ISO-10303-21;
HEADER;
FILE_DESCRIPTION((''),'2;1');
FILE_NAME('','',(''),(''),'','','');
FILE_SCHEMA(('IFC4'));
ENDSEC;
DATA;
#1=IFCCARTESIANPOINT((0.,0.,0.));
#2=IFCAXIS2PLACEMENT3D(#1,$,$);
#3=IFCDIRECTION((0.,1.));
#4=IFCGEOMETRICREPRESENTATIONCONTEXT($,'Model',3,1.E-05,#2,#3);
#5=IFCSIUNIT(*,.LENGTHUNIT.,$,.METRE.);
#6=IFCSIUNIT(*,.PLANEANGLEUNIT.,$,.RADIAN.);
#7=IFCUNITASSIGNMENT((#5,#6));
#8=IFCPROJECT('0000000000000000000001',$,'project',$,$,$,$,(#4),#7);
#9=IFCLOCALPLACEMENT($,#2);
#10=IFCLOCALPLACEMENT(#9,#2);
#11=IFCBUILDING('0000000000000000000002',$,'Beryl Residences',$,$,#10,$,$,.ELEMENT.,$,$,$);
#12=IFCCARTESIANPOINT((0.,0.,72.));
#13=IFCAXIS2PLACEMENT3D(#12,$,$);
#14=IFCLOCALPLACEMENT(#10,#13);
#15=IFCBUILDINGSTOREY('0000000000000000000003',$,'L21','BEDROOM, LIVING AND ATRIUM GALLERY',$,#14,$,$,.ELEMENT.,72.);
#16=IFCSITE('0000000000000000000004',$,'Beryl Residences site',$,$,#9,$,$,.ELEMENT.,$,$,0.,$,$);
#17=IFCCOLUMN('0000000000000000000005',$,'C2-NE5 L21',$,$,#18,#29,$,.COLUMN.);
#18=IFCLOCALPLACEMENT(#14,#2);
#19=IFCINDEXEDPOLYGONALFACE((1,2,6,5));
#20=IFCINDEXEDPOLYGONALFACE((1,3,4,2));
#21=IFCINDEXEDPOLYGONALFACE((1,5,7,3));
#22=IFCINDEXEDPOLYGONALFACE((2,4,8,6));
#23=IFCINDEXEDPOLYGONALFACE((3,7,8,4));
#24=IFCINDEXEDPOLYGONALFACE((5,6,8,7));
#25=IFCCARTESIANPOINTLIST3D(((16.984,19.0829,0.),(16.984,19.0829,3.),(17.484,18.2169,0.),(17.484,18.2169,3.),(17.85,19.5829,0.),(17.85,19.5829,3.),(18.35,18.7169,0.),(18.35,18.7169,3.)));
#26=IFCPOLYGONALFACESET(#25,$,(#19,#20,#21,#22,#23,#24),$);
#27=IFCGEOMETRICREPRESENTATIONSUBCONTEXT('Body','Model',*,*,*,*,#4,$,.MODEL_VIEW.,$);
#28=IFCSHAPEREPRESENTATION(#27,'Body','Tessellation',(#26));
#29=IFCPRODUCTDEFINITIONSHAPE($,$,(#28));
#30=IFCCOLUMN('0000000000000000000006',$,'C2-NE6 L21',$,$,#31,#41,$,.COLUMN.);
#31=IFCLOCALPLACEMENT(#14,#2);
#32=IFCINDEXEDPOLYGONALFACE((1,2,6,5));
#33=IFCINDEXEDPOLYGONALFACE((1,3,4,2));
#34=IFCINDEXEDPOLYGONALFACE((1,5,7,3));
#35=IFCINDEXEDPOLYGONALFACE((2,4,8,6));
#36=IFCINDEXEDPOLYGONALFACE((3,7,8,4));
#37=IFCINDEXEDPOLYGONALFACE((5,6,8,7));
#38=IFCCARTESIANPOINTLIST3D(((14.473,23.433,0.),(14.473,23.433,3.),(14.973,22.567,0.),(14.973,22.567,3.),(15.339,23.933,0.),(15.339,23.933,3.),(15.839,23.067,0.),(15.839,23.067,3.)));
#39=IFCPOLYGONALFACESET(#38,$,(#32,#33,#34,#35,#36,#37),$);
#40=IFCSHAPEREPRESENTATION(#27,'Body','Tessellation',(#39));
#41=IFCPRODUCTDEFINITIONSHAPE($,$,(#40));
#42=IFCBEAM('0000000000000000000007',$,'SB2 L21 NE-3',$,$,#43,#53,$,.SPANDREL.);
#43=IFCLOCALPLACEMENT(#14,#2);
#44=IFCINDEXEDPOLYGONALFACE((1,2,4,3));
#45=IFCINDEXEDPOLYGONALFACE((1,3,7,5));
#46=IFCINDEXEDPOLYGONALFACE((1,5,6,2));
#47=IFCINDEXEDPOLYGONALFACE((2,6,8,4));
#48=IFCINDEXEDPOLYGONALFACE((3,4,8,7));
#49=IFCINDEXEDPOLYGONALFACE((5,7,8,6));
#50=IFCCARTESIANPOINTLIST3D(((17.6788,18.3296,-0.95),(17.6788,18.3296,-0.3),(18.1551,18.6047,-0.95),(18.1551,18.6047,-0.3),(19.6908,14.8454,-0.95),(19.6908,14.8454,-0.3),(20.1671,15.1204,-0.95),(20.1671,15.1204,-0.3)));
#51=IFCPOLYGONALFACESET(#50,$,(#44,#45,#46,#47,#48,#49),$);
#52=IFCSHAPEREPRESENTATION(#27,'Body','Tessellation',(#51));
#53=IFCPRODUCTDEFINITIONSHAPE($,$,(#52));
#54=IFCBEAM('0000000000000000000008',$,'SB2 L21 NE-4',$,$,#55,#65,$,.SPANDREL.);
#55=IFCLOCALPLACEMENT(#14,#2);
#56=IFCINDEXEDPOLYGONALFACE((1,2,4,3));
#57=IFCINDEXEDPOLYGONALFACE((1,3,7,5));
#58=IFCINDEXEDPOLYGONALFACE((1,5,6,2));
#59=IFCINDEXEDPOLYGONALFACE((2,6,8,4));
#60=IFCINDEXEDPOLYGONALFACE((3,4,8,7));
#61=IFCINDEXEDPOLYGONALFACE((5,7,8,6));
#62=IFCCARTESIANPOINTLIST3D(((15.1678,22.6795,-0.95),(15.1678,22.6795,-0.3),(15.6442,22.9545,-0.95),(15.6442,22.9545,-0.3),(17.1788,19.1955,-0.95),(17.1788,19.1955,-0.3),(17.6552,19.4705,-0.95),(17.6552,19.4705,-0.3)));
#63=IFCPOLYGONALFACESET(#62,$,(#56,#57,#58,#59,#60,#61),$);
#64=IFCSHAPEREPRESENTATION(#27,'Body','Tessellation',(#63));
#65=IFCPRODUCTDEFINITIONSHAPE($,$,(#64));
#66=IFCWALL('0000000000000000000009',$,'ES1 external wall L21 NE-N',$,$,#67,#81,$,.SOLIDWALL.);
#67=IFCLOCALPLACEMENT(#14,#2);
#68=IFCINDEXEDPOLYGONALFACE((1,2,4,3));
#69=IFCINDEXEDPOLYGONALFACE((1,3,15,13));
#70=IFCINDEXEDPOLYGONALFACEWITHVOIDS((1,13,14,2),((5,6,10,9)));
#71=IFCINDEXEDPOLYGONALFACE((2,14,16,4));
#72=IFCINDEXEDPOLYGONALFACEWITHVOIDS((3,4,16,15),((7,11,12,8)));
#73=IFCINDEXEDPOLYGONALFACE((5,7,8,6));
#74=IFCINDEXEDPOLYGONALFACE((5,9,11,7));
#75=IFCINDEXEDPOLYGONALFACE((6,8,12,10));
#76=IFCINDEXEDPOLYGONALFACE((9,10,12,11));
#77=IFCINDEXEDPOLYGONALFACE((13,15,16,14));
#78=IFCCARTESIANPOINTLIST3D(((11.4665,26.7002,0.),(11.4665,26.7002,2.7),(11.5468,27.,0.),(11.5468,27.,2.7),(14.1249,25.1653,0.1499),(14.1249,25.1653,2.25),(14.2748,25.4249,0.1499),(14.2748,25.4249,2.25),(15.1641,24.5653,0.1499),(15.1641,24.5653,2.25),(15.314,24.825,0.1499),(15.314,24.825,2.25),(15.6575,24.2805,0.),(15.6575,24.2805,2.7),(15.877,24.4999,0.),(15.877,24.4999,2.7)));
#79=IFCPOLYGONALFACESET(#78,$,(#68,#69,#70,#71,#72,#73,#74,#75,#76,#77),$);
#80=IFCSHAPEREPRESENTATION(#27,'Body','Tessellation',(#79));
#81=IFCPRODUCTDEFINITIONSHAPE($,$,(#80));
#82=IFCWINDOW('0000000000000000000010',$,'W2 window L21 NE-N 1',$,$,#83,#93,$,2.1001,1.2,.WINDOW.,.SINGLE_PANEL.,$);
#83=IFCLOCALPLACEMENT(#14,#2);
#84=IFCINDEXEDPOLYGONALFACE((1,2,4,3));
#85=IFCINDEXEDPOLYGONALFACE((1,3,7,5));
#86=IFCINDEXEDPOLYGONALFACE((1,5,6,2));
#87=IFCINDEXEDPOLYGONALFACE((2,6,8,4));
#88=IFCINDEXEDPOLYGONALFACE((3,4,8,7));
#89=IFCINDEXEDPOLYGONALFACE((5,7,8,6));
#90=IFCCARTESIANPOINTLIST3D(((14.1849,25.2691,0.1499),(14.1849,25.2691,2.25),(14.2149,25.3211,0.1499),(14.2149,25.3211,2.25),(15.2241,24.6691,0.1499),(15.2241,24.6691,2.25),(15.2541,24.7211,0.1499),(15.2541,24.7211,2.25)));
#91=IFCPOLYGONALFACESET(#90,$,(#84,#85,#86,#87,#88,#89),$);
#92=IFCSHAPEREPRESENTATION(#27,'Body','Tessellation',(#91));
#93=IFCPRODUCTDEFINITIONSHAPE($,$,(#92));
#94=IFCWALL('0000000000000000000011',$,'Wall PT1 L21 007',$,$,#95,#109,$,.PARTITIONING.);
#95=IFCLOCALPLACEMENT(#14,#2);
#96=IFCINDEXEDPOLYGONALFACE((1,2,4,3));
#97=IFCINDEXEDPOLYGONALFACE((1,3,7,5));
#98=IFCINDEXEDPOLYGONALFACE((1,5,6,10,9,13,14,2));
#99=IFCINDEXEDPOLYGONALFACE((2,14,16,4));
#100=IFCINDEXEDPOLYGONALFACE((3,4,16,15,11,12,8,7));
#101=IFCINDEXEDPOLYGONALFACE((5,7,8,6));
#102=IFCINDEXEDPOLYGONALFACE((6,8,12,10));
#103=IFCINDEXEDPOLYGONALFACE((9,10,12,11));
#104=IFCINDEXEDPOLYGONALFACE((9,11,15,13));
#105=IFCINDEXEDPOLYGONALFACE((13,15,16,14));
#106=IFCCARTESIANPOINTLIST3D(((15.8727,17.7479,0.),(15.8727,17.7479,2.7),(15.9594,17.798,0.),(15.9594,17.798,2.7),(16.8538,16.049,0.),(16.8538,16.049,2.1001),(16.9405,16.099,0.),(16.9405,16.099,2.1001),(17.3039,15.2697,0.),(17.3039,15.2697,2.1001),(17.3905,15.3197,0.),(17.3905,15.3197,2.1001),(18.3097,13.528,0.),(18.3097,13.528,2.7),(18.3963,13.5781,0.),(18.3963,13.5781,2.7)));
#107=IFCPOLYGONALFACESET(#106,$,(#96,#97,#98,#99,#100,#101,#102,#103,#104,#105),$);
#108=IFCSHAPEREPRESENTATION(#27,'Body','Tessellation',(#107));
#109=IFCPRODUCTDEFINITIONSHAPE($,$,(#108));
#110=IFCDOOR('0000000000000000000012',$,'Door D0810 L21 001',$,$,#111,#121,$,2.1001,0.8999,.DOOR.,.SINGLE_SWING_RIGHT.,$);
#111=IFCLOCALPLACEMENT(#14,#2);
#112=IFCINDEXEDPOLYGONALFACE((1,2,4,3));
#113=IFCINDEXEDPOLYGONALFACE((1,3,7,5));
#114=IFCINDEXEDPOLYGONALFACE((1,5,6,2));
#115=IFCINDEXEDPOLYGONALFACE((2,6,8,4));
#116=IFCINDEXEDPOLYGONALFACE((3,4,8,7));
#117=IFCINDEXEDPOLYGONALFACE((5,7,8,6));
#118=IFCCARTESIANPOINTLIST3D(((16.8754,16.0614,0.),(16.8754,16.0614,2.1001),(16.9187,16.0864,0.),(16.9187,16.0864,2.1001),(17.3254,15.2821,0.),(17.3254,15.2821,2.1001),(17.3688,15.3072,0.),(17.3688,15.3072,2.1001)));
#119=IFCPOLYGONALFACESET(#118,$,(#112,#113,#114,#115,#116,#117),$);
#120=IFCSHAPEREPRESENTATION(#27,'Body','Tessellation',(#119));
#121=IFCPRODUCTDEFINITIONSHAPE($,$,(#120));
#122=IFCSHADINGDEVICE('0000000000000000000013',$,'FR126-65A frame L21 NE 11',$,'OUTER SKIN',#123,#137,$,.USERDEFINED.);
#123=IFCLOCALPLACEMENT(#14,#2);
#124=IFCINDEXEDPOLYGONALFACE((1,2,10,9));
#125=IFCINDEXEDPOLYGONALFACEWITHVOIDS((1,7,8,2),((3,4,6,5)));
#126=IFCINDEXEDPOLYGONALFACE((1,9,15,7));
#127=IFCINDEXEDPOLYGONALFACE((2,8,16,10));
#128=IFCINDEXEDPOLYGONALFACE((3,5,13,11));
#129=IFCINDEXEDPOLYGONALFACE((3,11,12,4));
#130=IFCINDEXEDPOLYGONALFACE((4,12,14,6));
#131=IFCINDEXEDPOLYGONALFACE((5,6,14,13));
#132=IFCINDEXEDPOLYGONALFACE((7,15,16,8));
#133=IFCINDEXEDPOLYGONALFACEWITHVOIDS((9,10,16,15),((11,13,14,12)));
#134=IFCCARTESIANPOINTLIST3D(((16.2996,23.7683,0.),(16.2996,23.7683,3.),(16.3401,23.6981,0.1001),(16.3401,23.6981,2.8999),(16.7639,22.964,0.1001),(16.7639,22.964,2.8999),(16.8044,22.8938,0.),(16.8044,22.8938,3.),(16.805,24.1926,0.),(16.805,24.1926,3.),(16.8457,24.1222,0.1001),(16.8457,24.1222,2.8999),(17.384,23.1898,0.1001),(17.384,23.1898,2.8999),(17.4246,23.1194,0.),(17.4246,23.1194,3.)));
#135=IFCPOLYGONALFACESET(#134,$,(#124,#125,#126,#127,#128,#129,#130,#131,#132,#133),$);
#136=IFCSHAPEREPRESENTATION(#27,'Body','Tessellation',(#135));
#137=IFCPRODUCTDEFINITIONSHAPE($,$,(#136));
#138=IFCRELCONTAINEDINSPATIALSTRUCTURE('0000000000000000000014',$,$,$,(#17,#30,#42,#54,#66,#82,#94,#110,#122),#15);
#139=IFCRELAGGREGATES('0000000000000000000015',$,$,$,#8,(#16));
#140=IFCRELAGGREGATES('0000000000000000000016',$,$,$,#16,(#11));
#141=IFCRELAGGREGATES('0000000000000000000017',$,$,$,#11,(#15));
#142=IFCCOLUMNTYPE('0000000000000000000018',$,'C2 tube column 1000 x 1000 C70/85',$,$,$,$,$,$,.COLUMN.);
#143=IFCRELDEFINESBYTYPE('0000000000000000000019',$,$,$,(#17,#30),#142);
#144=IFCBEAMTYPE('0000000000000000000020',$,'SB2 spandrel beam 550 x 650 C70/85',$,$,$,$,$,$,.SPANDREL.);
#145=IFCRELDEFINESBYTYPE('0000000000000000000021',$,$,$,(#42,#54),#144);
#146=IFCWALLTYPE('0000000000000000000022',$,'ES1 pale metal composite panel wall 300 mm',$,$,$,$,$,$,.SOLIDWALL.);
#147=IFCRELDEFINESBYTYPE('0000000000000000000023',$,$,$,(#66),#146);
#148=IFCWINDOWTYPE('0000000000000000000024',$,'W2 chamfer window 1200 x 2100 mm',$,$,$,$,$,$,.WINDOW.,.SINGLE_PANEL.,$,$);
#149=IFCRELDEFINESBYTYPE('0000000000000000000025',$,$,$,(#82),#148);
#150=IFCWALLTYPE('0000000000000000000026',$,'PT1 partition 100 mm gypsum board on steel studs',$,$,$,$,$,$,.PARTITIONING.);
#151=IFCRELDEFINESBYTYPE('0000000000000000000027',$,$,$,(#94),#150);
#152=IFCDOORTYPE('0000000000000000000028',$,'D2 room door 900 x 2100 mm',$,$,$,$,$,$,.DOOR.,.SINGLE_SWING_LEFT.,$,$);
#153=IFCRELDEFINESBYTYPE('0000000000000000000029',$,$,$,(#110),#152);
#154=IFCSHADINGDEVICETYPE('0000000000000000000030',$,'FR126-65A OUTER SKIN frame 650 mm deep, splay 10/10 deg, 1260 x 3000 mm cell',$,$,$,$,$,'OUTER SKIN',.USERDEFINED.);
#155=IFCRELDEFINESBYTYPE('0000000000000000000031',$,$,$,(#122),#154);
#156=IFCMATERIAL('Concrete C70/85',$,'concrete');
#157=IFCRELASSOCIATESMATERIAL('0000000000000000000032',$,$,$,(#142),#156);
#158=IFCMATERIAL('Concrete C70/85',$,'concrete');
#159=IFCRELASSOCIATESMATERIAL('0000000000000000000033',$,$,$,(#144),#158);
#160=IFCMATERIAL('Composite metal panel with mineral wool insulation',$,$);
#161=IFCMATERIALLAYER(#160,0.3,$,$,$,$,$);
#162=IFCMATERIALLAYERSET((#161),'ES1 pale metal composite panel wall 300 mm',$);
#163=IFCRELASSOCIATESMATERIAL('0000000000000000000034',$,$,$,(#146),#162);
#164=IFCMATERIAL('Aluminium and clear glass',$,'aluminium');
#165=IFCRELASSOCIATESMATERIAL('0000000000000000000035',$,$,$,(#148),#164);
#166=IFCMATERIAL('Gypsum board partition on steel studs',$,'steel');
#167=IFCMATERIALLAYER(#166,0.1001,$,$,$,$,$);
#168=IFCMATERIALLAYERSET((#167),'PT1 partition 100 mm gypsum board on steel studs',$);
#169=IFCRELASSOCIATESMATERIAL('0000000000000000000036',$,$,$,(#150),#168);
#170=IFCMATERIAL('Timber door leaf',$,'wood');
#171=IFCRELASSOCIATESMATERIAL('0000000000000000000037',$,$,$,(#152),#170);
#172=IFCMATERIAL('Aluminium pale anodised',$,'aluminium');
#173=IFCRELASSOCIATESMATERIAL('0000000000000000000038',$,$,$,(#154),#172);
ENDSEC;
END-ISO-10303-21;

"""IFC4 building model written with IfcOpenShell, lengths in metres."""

from ifc_helpers import new_model, entity, si_unit, direction, frame, frame_2d, origin, origin_2d, place, context, subcontext, project, spatial, polyline, rectangle, outline, extrude, source, transform, mapped, material, layer, layer_set, material_profile, profile_set, type_object, type_shapes, element, fill, save


model = new_model("IFC4")

# Units and contexts
model_context = context("Model", 3, precision=1e-05, world=origin(), true_north=direction((0.0, 1.0)))
body_context = subcontext(model_context, "Body", "Model", "MODEL_VIEW")
ifc_project = project(units=[si_unit("LENGTHUNIT", "METRE"), si_unit("PLANEANGLEUNIT", "RADIAN")], contexts=[model_context])

# Site, building, storey
site_placement = place(None, origin())
site = spatial("IfcSite", under=ifc_project, at=site_placement, Name="Beryl Residences site", CompositionType="ELEMENT", RefElevation=0.0)
building_placement = place(site_placement, origin())
building = spatial("IfcBuilding", under=site, at=building_placement, Name="Beryl Residences", CompositionType="ELEMENT")
storey_placement = place(building_placement, frame((0.0, 0.0, 72.0)))
storey = spatial("IfcBuildingStorey", under=building, at=storey_placement, Name="L21", Description="BEDROOM, LIVING AND ATRIUM GALLERY", CompositionType="ELEMENT", Elevation=72.0)

# Columns
ifc_material_1 = material(Name="Concrete C70/85", Category="concrete")
ifc_material_profile_1 = material_profile(ifc_material_1, rectangle(XDim=1.0, YDim=1.0, at=origin_2d()))
ifc_profile_set_1 = profile_set([ifc_material_profile_1], Name="Concrete C70/85")
column_type = type_object("IfcColumnType", Name="C2 tube column 1000 x 1000 C70/85", PredefinedType="COLUMN", material=ifc_profile_set_1)
for number, where, z_axis, x_axis, name in (
    (1, (17.667, 18.8999, 0.0), (0.0, 0.0, 1.0), (-0.5, 0.866025, 0.0), "C2-NE5 L21"),
    (2, (15.156, 23.25, 0.0), (0.0, 0.0, 1.0), (-0.5, 0.866025, 0.0), "C2-NE6 L21"),
):
    element("IfcColumn", number, at=place(storey_placement, frame(where, z_axis=z_axis, x_axis=x_axis)), inside=storey, type_object=column_type, Name=name, PredefinedType="COLUMN", context=body_context, shape_type="SweptSolid", body=[
        extrude(rectangle(XDim=1.0, YDim=1.0, at=origin_2d()), origin(), (0.0, 0.0, 1.0), 3.0),
    ])

# Beams
ifc_material_2 = material(Name="Concrete C70/85", Category="concrete")
ifc_material_profile_2 = material_profile(ifc_material_2, rectangle(XDim=0.55, YDim=0.6499, at=origin_2d()))
ifc_profile_set_2 = profile_set([ifc_material_profile_2], Name="Concrete C70/85")
beam_type = type_object("IfcBeamType", Name="SB2 spandrel beam 550 x 650 C70/85", PredefinedType="SPANDREL", material=ifc_profile_set_2)
beam_1_placement = place(storey_placement, frame((19.929, 14.9829, -0.625), z_axis=(-0.500074, 0.865982, 0.0), x_axis=(-0.865982, -0.500074, 0.0)))
element("IfcBeam", 3, at=beam_1_placement, inside=storey, type_object=beam_type, Name="SB2 L21 NE-3", PredefinedType="SPANDREL", context=body_context, shape_type="SweptSolid", body=[
    extrude(rectangle(XDim=0.55, YDim=0.6499, at=origin_2d()), origin(), (0.0, 0.0, 1.0), 4.0234),
])
beam_2_placement = place(storey_placement, frame((17.417, 19.333, -0.625), z_axis=(-0.499919, 0.866072, 0.0), x_axis=(-0.866072, -0.499919, 0.0)))
element("IfcBeam", 4, at=beam_2_placement, inside=storey, type_object=beam_type, Name="SB2 L21 NE-4", PredefinedType="SPANDREL", context=body_context, shape_type="SweptSolid", body=[
    extrude(rectangle(XDim=0.55, YDim=0.6499, at=origin_2d()), origin(), (0.0, 0.0, 1.0), 4.0227),
])

# Wall, opening, window
ifc_material_3 = material(Name="Composite metal panel with mineral wool insulation")
ifc_layer_1 = layer(ifc_material_3, 0.3)
ifc_layer_set_1 = layer_set([ifc_layer_1], Name="ES1 pale metal composite panel wall 300 mm")
wall_type_1 = type_object("IfcWallType", Name="ES1 pale metal composite panel wall 300 mm", PredefinedType="SOLIDWALL", material=ifc_layer_set_1)
wall_1_placement = place(storey_placement, frame((15.802, 24.3701, 0.0), z_axis=(0.0, 0.0, 1.0), x_axis=(-0.866023, 0.500004, 0.0)))
wall_1 = element("IfcWall", 5, at=wall_1_placement, inside=storey, type_object=wall_type_1, Name="ES1 external wall L21 NE-N", PredefinedType="SOLIDWALL", context=body_context, shape_type="SweptSolid", body=[
    extrude(outline(polyline([(0.0, -0.1499), (5.0, -0.1499), (4.9197, 0.1499), (0.0803, 0.1499), (0.0, -0.1499)])), origin(), (0.0, 0.0, 1.0), 2.7),
])
opening_1_placement = place(wall_1_placement, frame((0.6499, 0.0, 0.1499)))
opening_1 = element("IfcOpeningElement", 6, at=opening_1_placement, cuts=wall_1, PredefinedType="OPENING", context=body_context, shape_type="SweptSolid", body=[
    extrude(rectangle(XDim=1.2, YDim=2.1001, at=frame_2d((0.6001, 1.05))), frame((0.0, 0.1599, 0.0), z_axis=(0.0, -1.0, 0.0), x_axis=(1.0, 0.0, 0.0)), (0.0, 0.0, 1.0), 0.3201),
])
ifc_material_4 = material(Name="Aluminium and clear glass", Category="aluminium")
window_type = type_object("IfcWindowType", Name="W2 chamfer window 1200 x 2100 mm", PartitioningType="SINGLE_PANEL", PredefinedType="WINDOW", material=ifc_material_4)
window_placement = place(opening_1_placement, origin())
window = element("IfcWindow", 7, at=window_placement, inside=storey, type_object=window_type, Name="W2 window L21 NE-N 1", OverallHeight=2.1001, OverallWidth=1.2, PartitioningType="SINGLE_PANEL", PredefinedType="WINDOW", context=body_context, shape_type="SweptSolid", body=[
    extrude(rectangle(XDim=1.2, YDim=2.1001, at=frame_2d((0.6001, 1.05))), frame((0.0, 0.03, 0.0), z_axis=(0.0, -1.0, 0.0), x_axis=(1.0, 0.0, 0.0)), (0.0, 0.0, 1.0), 0.0601),
])
fill(opening_1, window)

# Wall, opening, door
ifc_material_5 = material(Name="Gypsum board partition on steel studs", Category="steel")
ifc_layer_2 = layer(ifc_material_5, 0.1001)
ifc_layer_set_2 = layer_set([ifc_layer_2], Name="PT1 partition 100 mm gypsum board on steel studs")
wall_type_2 = type_object("IfcWallType", Name="PT1 partition 100 mm gypsum board on steel studs", PredefinedType="PARTITIONING", material=ifc_layer_set_2)
wall_2_placement = place(storey_placement, frame((15.916, 17.7729, 0.0), z_axis=(0.0, 0.0, 1.0), x_axis=(0.500094, -0.865971, 0.0)))
wall_2 = element("IfcWall", 8, at=wall_2_placement, inside=storey, type_object=wall_type_2, Name="Wall PT1 L21 007", PredefinedType="PARTITIONING", context=body_context, shape_type="SweptSolid", body=[
    extrude(rectangle(XDim=4.873, YDim=0.1001, at=frame_2d((2.4365, 0.0))), origin(), (0.0, 0.0, 1.0), 2.7),
])
opening_2_placement = place(wall_2_placement, frame((1.9619, 0.0, 0.0)))
opening_2 = element("IfcOpeningElement", 9, at=opening_2_placement, cuts=wall_2, PredefinedType="OPENING", context=body_context, shape_type="SweptSolid", body=[
    extrude(rectangle(XDim=0.8999, YDim=2.1001, at=frame_2d((0.45, 1.05))), frame((0.0, 0.0601, 0.0), z_axis=(0.0, -1.0, 0.0), x_axis=(1.0, 0.0, 0.0)), (0.0, 0.0, 1.0), 0.1201),
])
ifc_material_6 = material(Name="Timber door leaf", Category="wood")
door_type = type_object("IfcDoorType", Name="D2 room door 900 x 2100 mm", OperationType="SINGLE_SWING_LEFT", PredefinedType="DOOR", material=ifc_material_6)
door_placement = place(opening_2_placement, origin())
door = element("IfcDoor", 10, at=door_placement, inside=storey, type_object=door_type, Name="Door D0810 L21 001", OperationType="SINGLE_SWING_RIGHT", OverallHeight=2.1001, OverallWidth=0.8999, PredefinedType="DOOR", context=body_context, shape_type="SweptSolid", body=[
    extrude(rectangle(XDim=0.8999, YDim=2.1001, at=frame_2d((0.45, 1.05))), frame((0.0, 0.0249, 0.0), z_axis=(0.0, -1.0, 0.0), x_axis=(1.0, 0.0, 0.0)), (0.0, 0.0, 1.0), 0.05),
])
fill(opening_2, door)

# Shading device
ifc_material_7 = material(Name="Aluminium pale anodised", Category="aluminium")
shading_device_type_1 = type_object("IfcShadingDeviceType", Name="FR126-65A OUTER SKIN frame 650 mm deep, splay 10/10 deg, 1260 x 3000 mm cell", ElementType="OUTER SKIN", PredefinedType="USERDEFINED", material=ifc_material_7)
cartesian_point_1 = entity("IfcCartesianPoint", [-0.5049, 0.0])
cartesian_point_2 = entity("IfcCartesianPoint", [-0.4238, 0.1001])
cartesian_point_3 = entity("IfcCartesianPoint", [-0.6196, 0.0])
cartesian_point_4 = entity("IfcCartesianPoint", [-0.5383, 0.1001])
shared_shape_1 = source(origin(), body_context, "Body", "SweptSolid", [
    entity("IfcExtrudedAreaSolidTapered", entity("IfcArbitraryProfileDefWithVoids", "AREA", None, entity("IfcPolyline", [cartesian_point_1, entity("IfcCartesianPoint", [0.5049, 0.0]), entity("IfcCartesianPoint", [0.5049, 3.0]), entity("IfcCartesianPoint", [-0.5049, 3.0]), cartesian_point_1]), [entity("IfcPolyline", [cartesian_point_2, entity("IfcCartesianPoint", [0.4238, 0.1001]), entity("IfcCartesianPoint", [0.4238, 2.8999]), entity("IfcCartesianPoint", [-0.4238, 2.8999]), cartesian_point_2])]), entity("IfcAxis2Placement3D", entity("IfcCartesianPoint", [0.0, 0.0, 0.0]), entity("IfcDirection", [0.0, 1.0, 0.0]), entity("IfcDirection", [-1.0, 0.0, 0.0])), entity("IfcDirection", [0.0, 0.0, 1.0]), 0.6499, entity("IfcArbitraryProfileDefWithVoids", "AREA", None, entity("IfcPolyline", [cartesian_point_3, entity("IfcCartesianPoint", [0.6196, 0.0]), entity("IfcCartesianPoint", [0.6196, 3.0]), entity("IfcCartesianPoint", [-0.6196, 3.0]), cartesian_point_3]), [entity("IfcPolyline", [cartesian_point_4, entity("IfcCartesianPoint", [0.5383, 0.1001]), entity("IfcCartesianPoint", [0.5383, 2.8999]), entity("IfcCartesianPoint", [-0.5383, 2.8999]), cartesian_point_4])])),
])
type_shapes(shading_device_type_1, [shared_shape_1])
shading_device_1_placement = place(storey_placement, frame((16.552, 23.3311, 0.0), z_axis=(0.0, 0.0, 1.0), x_axis=(0.5, -0.866025, 0.0)))
element("IfcShadingDevice", 11, at=shading_device_1_placement, inside=storey, type_object=shading_device_type_1, Name="FR126-65A frame L21 NE 11", ObjectType="OUTER SKIN", PredefinedType="USERDEFINED", context=body_context, shape_type="MappedRepresentation", body=[
    mapped(shared_shape_1, transform((0.0, 0.0, 0.0))),
])

save(model, "model.ifc")
